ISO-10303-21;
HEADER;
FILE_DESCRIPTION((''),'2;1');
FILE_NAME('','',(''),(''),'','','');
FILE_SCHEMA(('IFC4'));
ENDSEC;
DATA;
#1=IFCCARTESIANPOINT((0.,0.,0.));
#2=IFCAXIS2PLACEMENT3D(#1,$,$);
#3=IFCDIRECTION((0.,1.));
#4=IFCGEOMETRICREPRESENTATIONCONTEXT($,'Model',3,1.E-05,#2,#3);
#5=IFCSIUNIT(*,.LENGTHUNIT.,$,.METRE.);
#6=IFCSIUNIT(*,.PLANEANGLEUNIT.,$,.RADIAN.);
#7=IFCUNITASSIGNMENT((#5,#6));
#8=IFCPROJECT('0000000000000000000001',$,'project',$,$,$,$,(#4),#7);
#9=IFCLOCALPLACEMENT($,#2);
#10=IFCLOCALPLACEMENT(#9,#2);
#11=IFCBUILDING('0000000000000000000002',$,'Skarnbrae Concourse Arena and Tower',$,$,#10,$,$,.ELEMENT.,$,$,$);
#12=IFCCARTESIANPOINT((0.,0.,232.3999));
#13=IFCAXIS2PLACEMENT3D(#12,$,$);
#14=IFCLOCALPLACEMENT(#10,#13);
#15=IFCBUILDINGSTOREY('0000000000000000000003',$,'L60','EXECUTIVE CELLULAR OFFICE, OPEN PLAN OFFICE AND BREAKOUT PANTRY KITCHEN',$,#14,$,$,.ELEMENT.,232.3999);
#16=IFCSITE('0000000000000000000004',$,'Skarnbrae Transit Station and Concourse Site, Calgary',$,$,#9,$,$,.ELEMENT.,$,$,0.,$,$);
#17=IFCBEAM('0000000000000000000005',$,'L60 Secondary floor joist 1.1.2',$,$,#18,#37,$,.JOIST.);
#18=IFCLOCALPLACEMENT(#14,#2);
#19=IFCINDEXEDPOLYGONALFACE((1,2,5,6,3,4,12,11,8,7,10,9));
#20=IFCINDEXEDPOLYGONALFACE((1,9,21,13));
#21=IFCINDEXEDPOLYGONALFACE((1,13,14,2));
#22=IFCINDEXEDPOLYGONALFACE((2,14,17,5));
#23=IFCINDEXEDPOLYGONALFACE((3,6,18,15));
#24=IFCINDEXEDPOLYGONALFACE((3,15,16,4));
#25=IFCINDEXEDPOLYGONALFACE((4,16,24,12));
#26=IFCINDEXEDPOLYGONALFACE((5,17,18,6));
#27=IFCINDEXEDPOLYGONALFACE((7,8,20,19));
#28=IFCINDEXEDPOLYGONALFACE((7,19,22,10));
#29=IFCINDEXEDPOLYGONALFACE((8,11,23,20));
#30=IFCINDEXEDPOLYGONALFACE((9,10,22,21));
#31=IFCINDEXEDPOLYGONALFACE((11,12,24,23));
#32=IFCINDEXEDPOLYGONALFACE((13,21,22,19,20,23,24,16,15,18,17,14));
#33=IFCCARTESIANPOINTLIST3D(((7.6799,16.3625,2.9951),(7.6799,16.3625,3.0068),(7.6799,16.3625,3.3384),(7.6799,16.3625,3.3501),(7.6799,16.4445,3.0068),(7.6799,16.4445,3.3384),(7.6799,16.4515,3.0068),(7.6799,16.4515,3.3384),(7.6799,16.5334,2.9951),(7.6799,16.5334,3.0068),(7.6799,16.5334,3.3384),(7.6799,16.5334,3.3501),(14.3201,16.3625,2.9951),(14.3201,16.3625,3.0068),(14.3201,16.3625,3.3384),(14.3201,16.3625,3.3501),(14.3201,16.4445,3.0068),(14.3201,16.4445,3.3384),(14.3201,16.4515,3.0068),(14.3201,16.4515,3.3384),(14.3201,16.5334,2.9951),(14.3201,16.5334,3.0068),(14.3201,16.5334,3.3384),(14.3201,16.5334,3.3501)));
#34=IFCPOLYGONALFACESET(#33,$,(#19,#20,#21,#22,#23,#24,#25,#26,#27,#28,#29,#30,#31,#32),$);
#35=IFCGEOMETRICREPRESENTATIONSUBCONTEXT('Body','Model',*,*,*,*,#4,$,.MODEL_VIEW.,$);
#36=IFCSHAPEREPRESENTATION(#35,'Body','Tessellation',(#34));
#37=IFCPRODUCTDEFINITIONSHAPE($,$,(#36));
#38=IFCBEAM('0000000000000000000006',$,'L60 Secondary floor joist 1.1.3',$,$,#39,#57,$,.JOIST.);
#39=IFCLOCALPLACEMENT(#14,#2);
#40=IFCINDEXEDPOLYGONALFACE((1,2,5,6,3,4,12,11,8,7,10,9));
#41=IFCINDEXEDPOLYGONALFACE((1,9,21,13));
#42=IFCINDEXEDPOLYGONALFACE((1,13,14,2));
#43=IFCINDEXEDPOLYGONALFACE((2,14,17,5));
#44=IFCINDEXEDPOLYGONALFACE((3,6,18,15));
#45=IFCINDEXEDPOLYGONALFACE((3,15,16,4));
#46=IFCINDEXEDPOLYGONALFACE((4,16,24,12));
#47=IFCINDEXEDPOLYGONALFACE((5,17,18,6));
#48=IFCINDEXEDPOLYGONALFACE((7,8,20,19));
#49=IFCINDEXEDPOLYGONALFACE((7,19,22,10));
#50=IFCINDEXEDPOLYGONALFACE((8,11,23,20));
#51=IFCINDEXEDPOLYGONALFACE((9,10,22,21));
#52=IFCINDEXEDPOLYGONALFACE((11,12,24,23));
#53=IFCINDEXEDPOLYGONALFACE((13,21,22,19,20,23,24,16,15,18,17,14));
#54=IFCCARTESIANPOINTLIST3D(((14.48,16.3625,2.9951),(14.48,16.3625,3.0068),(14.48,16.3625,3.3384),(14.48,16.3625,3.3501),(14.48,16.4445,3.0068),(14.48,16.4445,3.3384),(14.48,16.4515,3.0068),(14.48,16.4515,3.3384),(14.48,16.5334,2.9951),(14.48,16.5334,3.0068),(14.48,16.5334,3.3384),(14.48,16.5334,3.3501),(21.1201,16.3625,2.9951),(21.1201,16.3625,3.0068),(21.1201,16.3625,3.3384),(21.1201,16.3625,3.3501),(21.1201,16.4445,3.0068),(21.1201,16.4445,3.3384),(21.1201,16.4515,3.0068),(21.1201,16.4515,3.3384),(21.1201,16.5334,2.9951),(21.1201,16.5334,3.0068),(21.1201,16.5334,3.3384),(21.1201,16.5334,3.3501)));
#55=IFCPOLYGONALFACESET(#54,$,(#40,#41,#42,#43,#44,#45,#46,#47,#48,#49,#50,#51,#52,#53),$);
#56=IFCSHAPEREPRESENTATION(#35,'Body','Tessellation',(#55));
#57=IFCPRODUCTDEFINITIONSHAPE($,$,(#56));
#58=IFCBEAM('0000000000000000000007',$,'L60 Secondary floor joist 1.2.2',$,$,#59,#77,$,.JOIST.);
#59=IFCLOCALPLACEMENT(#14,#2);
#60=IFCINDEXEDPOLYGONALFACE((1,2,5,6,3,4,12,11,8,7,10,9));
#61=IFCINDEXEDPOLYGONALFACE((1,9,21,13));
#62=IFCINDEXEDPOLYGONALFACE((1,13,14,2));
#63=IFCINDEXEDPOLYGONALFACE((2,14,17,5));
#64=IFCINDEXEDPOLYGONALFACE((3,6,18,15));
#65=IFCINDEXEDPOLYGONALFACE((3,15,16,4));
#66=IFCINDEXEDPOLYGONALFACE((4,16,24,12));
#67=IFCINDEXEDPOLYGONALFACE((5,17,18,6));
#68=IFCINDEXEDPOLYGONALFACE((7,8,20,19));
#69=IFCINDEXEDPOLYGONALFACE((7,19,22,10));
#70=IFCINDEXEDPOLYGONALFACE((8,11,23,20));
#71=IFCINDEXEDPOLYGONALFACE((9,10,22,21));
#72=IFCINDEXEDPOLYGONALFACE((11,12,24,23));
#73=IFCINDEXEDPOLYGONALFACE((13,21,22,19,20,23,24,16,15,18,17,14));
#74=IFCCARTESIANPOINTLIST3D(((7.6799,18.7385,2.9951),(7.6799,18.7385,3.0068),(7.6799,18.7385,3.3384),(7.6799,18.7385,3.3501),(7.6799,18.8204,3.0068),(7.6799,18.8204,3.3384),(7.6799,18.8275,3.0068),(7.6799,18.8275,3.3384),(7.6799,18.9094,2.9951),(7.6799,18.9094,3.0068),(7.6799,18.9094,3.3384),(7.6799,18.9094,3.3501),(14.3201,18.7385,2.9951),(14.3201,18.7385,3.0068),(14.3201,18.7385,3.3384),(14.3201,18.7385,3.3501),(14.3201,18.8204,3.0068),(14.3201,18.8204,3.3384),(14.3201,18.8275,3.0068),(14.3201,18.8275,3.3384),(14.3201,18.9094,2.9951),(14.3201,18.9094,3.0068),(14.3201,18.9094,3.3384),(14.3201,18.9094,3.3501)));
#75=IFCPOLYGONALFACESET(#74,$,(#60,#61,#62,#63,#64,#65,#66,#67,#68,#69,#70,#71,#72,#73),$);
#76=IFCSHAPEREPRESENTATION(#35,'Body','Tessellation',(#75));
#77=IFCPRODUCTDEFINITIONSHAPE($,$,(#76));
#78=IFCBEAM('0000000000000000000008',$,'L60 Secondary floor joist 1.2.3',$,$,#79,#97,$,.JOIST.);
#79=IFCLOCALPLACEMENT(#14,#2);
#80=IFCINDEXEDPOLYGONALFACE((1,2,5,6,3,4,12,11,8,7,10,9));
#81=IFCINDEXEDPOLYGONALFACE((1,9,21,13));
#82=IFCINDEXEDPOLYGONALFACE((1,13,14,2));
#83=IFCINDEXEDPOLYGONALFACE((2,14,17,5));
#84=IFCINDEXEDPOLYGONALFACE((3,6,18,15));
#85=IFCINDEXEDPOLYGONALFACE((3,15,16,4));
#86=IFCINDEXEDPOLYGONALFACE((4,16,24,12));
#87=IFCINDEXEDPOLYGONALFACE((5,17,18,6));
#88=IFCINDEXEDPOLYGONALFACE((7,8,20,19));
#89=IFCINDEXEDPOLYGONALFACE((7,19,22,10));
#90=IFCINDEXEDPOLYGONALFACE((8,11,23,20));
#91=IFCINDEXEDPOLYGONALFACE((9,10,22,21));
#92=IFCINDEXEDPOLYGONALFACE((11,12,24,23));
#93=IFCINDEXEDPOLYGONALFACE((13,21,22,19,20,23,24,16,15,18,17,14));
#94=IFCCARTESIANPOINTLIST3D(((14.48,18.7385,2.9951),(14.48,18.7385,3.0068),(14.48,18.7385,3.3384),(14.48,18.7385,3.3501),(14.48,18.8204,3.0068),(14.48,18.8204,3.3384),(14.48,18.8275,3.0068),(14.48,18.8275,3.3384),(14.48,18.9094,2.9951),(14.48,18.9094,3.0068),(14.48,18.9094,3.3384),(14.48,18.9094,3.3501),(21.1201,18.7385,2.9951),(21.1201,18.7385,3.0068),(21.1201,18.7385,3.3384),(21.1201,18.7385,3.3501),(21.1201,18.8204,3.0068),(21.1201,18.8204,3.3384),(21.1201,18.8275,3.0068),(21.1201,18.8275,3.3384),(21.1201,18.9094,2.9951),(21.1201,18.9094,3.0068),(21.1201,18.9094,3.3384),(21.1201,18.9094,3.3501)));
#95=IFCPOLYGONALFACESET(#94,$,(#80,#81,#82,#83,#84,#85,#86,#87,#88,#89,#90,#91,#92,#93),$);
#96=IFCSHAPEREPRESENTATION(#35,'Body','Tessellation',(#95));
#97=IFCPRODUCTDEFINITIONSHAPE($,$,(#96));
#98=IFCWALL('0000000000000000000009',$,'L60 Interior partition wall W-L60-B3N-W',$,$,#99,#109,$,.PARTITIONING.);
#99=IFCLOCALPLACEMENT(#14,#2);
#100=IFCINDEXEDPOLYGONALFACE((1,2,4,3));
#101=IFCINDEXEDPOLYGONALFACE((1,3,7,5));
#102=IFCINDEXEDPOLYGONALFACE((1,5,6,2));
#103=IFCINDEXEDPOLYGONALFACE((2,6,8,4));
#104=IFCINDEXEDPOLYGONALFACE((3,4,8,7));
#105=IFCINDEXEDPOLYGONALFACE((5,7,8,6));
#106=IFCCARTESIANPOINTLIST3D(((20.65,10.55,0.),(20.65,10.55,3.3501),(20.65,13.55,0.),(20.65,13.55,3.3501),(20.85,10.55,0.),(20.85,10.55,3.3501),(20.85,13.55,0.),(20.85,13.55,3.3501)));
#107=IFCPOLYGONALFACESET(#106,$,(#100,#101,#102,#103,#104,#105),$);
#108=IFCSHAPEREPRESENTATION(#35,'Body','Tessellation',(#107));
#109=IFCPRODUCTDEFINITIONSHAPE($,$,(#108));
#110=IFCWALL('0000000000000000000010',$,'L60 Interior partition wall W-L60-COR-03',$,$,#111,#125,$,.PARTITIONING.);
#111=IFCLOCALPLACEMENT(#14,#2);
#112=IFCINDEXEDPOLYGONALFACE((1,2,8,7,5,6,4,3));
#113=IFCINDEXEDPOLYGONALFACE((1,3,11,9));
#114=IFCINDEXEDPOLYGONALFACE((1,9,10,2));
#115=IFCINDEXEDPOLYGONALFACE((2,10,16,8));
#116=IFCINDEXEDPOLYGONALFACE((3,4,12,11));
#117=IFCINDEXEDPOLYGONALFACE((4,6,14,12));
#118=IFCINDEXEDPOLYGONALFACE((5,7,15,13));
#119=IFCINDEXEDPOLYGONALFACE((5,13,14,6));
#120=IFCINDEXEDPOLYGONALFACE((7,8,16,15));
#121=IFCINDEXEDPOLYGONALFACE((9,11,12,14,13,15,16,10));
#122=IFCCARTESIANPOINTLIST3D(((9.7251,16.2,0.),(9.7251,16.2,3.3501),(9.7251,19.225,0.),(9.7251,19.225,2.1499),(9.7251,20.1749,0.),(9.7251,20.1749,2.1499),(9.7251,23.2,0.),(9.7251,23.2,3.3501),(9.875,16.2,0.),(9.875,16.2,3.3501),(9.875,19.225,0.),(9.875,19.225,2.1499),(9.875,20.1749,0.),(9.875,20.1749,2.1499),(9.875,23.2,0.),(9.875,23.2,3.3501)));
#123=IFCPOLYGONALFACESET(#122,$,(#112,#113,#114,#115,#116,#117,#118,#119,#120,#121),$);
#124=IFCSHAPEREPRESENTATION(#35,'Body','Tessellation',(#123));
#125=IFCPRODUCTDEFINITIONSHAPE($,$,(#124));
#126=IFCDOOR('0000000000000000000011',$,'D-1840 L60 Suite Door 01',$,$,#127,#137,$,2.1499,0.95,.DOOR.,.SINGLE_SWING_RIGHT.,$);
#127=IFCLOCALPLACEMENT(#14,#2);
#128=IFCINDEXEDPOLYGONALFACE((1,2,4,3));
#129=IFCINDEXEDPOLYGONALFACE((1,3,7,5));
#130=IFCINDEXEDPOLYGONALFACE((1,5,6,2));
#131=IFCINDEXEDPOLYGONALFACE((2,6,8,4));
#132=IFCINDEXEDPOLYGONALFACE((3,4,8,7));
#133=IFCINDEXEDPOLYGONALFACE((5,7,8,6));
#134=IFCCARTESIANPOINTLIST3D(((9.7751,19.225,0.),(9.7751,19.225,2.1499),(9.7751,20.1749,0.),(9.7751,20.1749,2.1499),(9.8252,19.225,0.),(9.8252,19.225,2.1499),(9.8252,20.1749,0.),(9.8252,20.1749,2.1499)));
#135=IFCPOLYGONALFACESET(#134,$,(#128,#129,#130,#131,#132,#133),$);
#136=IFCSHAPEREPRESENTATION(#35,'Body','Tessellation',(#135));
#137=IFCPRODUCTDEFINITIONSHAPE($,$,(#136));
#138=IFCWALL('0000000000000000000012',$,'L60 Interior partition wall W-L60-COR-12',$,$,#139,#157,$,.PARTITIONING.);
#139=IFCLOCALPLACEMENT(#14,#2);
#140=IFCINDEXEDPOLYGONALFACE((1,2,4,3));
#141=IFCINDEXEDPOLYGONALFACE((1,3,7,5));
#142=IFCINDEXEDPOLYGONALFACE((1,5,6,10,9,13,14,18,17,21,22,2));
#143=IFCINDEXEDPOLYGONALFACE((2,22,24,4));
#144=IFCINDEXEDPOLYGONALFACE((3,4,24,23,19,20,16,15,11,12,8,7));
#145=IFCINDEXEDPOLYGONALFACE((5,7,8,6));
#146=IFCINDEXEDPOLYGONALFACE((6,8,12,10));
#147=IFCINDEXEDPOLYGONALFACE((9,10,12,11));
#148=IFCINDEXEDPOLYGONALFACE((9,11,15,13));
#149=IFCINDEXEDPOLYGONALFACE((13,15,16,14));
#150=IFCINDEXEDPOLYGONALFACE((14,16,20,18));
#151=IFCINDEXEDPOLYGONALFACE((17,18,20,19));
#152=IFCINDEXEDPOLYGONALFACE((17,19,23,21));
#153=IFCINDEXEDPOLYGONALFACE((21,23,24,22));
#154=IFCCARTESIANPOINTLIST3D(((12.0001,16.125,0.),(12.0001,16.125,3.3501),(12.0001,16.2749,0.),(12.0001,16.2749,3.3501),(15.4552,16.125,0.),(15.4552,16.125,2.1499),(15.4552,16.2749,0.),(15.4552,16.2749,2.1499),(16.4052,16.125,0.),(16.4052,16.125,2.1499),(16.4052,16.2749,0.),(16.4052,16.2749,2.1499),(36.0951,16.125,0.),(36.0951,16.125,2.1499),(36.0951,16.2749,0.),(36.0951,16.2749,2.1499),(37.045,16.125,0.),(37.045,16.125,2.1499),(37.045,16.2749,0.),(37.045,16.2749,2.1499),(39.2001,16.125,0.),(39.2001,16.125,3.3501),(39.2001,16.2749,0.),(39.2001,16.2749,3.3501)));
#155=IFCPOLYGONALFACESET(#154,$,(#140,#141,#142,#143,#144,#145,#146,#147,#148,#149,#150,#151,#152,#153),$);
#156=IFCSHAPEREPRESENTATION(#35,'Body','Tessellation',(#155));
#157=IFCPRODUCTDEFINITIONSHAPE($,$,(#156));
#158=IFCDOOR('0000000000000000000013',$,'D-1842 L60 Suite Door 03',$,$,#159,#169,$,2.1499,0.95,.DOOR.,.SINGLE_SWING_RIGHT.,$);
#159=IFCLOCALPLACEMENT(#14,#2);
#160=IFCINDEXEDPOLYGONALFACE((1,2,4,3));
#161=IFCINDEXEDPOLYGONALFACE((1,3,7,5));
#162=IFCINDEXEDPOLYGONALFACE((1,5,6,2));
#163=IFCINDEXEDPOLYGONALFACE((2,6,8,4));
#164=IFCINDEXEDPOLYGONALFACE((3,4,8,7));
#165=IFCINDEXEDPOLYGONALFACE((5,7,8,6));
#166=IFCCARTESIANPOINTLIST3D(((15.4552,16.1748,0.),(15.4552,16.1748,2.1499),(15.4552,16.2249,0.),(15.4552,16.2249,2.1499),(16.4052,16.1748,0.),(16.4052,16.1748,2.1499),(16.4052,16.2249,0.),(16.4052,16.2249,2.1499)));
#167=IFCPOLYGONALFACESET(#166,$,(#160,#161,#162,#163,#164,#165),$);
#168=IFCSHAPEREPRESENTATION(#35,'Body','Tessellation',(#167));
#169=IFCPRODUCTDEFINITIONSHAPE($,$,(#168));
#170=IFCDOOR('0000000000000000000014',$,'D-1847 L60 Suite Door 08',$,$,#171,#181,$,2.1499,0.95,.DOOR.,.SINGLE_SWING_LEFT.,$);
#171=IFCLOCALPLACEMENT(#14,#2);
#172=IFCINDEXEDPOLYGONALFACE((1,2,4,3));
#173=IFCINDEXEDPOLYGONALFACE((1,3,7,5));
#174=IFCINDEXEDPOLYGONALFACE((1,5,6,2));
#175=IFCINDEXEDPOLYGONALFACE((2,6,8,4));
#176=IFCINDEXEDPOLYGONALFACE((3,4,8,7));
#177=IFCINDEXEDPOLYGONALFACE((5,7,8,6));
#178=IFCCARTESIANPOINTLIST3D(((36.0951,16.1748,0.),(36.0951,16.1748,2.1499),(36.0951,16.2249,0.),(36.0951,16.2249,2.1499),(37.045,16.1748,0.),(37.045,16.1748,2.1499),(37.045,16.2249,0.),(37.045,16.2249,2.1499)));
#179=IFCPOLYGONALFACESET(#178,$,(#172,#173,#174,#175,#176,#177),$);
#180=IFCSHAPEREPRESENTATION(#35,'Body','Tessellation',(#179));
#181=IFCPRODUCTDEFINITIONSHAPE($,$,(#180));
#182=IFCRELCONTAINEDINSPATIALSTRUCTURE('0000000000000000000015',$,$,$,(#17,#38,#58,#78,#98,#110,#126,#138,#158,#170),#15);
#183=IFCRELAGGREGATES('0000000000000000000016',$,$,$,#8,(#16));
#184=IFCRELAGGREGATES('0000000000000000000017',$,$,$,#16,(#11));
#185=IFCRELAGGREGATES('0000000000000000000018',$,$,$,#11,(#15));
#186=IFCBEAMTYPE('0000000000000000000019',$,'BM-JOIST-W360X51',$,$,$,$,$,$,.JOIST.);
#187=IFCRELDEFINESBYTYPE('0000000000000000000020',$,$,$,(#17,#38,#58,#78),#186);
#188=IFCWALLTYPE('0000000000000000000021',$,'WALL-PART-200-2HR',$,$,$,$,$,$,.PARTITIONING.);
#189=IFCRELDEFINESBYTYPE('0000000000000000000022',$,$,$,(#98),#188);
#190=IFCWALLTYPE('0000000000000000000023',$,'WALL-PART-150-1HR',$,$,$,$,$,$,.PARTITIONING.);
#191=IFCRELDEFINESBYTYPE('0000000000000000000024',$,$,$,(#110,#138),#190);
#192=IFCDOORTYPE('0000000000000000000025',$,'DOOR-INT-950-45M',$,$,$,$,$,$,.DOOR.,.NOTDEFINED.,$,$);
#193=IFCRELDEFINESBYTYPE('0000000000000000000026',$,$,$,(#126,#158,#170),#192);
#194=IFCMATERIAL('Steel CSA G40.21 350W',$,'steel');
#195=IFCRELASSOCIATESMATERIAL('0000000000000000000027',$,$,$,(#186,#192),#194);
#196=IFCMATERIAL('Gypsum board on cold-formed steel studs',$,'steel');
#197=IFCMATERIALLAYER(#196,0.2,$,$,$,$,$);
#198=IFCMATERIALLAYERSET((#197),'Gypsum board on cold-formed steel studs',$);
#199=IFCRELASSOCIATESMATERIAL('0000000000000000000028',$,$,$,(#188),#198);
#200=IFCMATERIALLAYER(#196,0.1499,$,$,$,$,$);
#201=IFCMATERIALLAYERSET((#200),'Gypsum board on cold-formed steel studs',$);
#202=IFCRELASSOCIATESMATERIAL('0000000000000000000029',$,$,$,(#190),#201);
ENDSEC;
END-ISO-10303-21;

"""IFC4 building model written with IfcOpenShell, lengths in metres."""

from ifc_helpers import new_model, si_unit, direction, frame, frame_2d, origin, origin_2d, place, context, subcontext, project, spatial, rectangle, i_section, extrude, source, transform, mapped, material, layer, layer_set, material_profile, profile_set, type_object, element, fill, save


model = new_model("IFC4")

# Units and contexts
model_context = context("Model", 3, precision=1e-05, world=origin(), true_north=direction((0.0, 1.0)))
body_context = subcontext(model_context, "Body", "Model", "MODEL_VIEW")
ifc_project = project(units=[si_unit("LENGTHUNIT", "METRE"), si_unit("PLANEANGLEUNIT", "RADIAN")], contexts=[model_context])

# Site, building, storey
site_placement = place(None, origin())
site = spatial("IfcSite", under=ifc_project, at=site_placement, Name="Skarnbrae Transit Station and Concourse Site, Calgary", CompositionType="ELEMENT", RefElevation=0.0)
building_placement = place(site_placement, origin())
building = spatial("IfcBuilding", under=site, at=building_placement, Name="Skarnbrae Concourse Arena and Tower", CompositionType="ELEMENT")
storey_placement = place(building_placement, frame((0.0, 0.0, 232.3999)))
storey = spatial("IfcBuildingStorey", under=building, at=storey_placement, Name="L60", Description="EXECUTIVE CELLULAR OFFICE, OPEN PLAN OFFICE AND BREAKOUT PANTRY KITCHEN", CompositionType="ELEMENT", Elevation=232.3999)

# Shared definitions
ifc_material_1 = material(Name="Steel CSA G40.21 350W", Category="steel")

# Beams
ifc_material_profile_1 = material_profile(ifc_material_1, i_section(OverallWidth=0.1709, OverallDepth=0.355, WebThickness=0.0071, FlangeThickness=0.0117, at=origin_2d()), Name="W360X51")
ifc_profile_set_1 = profile_set([ifc_material_profile_1], Name="Steel CSA G40.21 350W")
beam_type_1 = type_object("IfcBeamType", Name="BM-JOIST-W360X51", PredefinedType="JOIST", material=ifc_profile_set_1)
shared_shape_1 = source(origin(), body_context, "Body", "SweptSolid", [
    extrude(i_section(OverallWidth=0.1709, OverallDepth=0.355, WebThickness=0.0071, FlangeThickness=0.0117, at=origin_2d()), origin(), (0.0, 0.0, 1.0), 6.6401),
])
for number, where, z_axis, x_axis, name in (
    (1, (7.6799, 16.448, 3.1726), (1.0, 0.0, 0.0), (0.0, 1.0, 0.0), "L60 Secondary floor joist 1.1.2"),
    (2, (14.48, 16.448, 3.1726), (1.0, 0.0, 0.0), (0.0, 1.0, 0.0), "L60 Secondary floor joist 1.1.3"),
    (3, (7.6799, 18.824, 3.1726), (1.0, 0.0, 0.0), (0.0, 1.0, 0.0), "L60 Secondary floor joist 1.2.2"),
    (4, (14.48, 18.824, 3.1726), (1.0, 0.0, 0.0), (0.0, 1.0, 0.0), "L60 Secondary floor joist 1.2.3"),
):
    element("IfcBeam", number, at=place(storey_placement, frame(where, z_axis=z_axis, x_axis=x_axis)), inside=storey, type_object=beam_type_1, Name=name, PredefinedType="JOIST", context=body_context, shape_type="MappedRepresentation", body=[
        mapped(shared_shape_1, transform((0.0, 0.0, 0.0))),
    ])

# Shared definitions
ifc_material_2 = material(Name="Gypsum board on cold-formed steel studs", Category="steel")
ifc_layer_1 = layer(ifc_material_2, 0.2)
ifc_layer_set_1 = layer_set([ifc_layer_1], Name="Gypsum board on cold-formed steel studs")
wall_type_1 = type_object("IfcWallType", Name="WALL-PART-200-2HR", PredefinedType="PARTITIONING", material=ifc_layer_set_1)

# Wall
shared_shape_2 = source(origin(), body_context, "Body", "SweptSolid", [
    extrude(rectangle(XDim=3.0, YDim=0.2, at=frame_2d((1.5, 0.0))), origin(), (0.0, 0.0, 1.0), 3.3501),
])
wall_1_placement = place(storey_placement, frame((20.75, 10.55, 0.0), z_axis=(0.0, 0.0, 1.0), x_axis=(0.0, 1.0, 0.0)))
element("IfcWall", 5, at=wall_1_placement, inside=storey, type_object=wall_type_1, Name="L60 Interior partition wall W-L60-B3N-W", PredefinedType="PARTITIONING", context=body_context, shape_type="MappedRepresentation", body=[
    mapped(shared_shape_2, transform((0.0, 0.0, 0.0))),
])

# Wall, opening, door
ifc_layer_2 = layer(ifc_material_2, 0.1499)
ifc_layer_set_2 = layer_set([ifc_layer_2], Name="Gypsum board on cold-formed steel studs")
wall_type_2 = type_object("IfcWallType", Name="WALL-PART-150-1HR", PredefinedType="PARTITIONING", material=ifc_layer_set_2)
shared_shape_3 = source(origin(), body_context, "Body", "SweptSolid", [
    extrude(rectangle(XDim=7.0, YDim=0.1499, at=frame_2d((3.5, 0.0))), origin(), (0.0, 0.0, 1.0), 3.3501),
])
wall_2_placement = place(storey_placement, frame((9.8, 16.2, 0.0), z_axis=(0.0, 0.0, 1.0), x_axis=(0.0, 1.0, 0.0)))
wall_2 = element("IfcWall", 6, at=wall_2_placement, inside=storey, type_object=wall_type_2, Name="L60 Interior partition wall W-L60-COR-03", PredefinedType="PARTITIONING", context=body_context, shape_type="MappedRepresentation", body=[
    mapped(shared_shape_3, transform((0.0, 0.0, 0.0))),
])
opening_1_placement = place(wall_2_placement, frame((3.0249, 0.0, 0.0)))
opening_1 = element("IfcOpeningElement", 7, at=opening_1_placement, cuts=wall_2, PredefinedType="OPENING", context=body_context, shape_type="SweptSolid", body=[
    extrude(rectangle(XDim=0.95, YDim=2.1499, at=frame_2d((0.4751, 1.075))), frame((0.0, 0.085, 0.0), z_axis=(0.0, -1.0, 0.0), x_axis=(1.0, 0.0, 0.0)), (0.0, 0.0, 1.0), 0.1699),
])
door_type_1 = type_object("IfcDoorType", Name="DOOR-INT-950-45M", OperationType="NOTDEFINED", PredefinedType="DOOR", material=ifc_material_1)
shared_shape_4 = source(origin(), body_context, "Body", "SweptSolid", [
    extrude(rectangle(XDim=0.95, YDim=2.1499, at=frame_2d((0.4751, 1.075))), frame((0.0, 0.0249, 0.0), z_axis=(0.0, -1.0, 0.0), x_axis=(1.0, 0.0, 0.0)), (0.0, 0.0, 1.0), 0.05),
])
door_1_placement = place(opening_1_placement, origin())
door_1 = element("IfcDoor", 8, at=door_1_placement, inside=storey, type_object=door_type_1, Name="D-1840 L60 Suite Door 01", OperationType="SINGLE_SWING_RIGHT", OverallHeight=2.1499, OverallWidth=0.95, PredefinedType="DOOR", context=body_context, shape_type="MappedRepresentation", body=[
    mapped(shared_shape_4, transform((0.0, 0.0, 0.0))),
])
fill(opening_1, door_1)

# Wall, openings, doors
shared_shape_5 = source(origin(), body_context, "Body", "SweptSolid", [
    extrude(rectangle(XDim=27.2, YDim=0.1499, at=frame_2d((13.6001, 0.0))), origin(), (0.0, 0.0, 1.0), 3.3501),
])
wall_3_placement = place(storey_placement, frame((12.0, 16.2, 0.0), z_axis=(0.0, 0.0, 1.0), x_axis=(1.0, 0.0, 0.0)))
wall_3 = element("IfcWall", 9, at=wall_3_placement, inside=storey, type_object=wall_type_2, Name="L60 Interior partition wall W-L60-COR-12", PredefinedType="PARTITIONING", context=body_context, shape_type="MappedRepresentation", body=[
    mapped(shared_shape_5, transform((0.0, 0.0, 0.0))),
])
opening_2_placement = place(wall_3_placement, frame((3.4551, 0.0, 0.0)))
opening_2 = element("IfcOpeningElement", 10, at=opening_2_placement, cuts=wall_3, PredefinedType="OPENING", context=body_context, shape_type="SweptSolid", body=[
    extrude(rectangle(XDim=0.95, YDim=2.1499, at=frame_2d((0.4751, 1.075))), frame((0.0, 0.085, 0.0), z_axis=(0.0, -1.0, 0.0), x_axis=(1.0, 0.0, 0.0)), (0.0, 0.0, 1.0), 0.1699),
])
opening_3_placement = place(wall_3_placement, frame((24.095, 0.0, 0.0)))
opening_3 = element("IfcOpeningElement", 11, at=opening_3_placement, cuts=wall_3, PredefinedType="OPENING", context=body_context, shape_type="SweptSolid", body=[
    extrude(rectangle(XDim=0.95, YDim=2.1499, at=frame_2d((0.4751, 1.075))), frame((0.0, 0.085, 0.0), z_axis=(0.0, -1.0, 0.0), x_axis=(1.0, 0.0, 0.0)), (0.0, 0.0, 1.0), 0.1699),
])
door_2_placement = place(opening_2_placement, origin())
door_2 = element("IfcDoor", 12, at=door_2_placement, inside=storey, type_object=door_type_1, Name="D-1842 L60 Suite Door 03", OperationType="SINGLE_SWING_RIGHT", OverallHeight=2.1499, OverallWidth=0.95, PredefinedType="DOOR", context=body_context, shape_type="MappedRepresentation", body=[
    mapped(shared_shape_4, transform((0.0, 0.0, 0.0))),
])
fill(opening_2, door_2)
door_3_placement = place(opening_3_placement, origin())
door_3 = element("IfcDoor", 13, at=door_3_placement, inside=storey, type_object=door_type_1, Name="D-1847 L60 Suite Door 08", OperationType="SINGLE_SWING_LEFT", OverallHeight=2.1499, OverallWidth=0.95, PredefinedType="DOOR", context=body_context, shape_type="MappedRepresentation", body=[
    mapped(shared_shape_4, transform((0.0, 0.0, 0.0))),
])
fill(opening_3, door_3)

save(model, "model.ifc")
